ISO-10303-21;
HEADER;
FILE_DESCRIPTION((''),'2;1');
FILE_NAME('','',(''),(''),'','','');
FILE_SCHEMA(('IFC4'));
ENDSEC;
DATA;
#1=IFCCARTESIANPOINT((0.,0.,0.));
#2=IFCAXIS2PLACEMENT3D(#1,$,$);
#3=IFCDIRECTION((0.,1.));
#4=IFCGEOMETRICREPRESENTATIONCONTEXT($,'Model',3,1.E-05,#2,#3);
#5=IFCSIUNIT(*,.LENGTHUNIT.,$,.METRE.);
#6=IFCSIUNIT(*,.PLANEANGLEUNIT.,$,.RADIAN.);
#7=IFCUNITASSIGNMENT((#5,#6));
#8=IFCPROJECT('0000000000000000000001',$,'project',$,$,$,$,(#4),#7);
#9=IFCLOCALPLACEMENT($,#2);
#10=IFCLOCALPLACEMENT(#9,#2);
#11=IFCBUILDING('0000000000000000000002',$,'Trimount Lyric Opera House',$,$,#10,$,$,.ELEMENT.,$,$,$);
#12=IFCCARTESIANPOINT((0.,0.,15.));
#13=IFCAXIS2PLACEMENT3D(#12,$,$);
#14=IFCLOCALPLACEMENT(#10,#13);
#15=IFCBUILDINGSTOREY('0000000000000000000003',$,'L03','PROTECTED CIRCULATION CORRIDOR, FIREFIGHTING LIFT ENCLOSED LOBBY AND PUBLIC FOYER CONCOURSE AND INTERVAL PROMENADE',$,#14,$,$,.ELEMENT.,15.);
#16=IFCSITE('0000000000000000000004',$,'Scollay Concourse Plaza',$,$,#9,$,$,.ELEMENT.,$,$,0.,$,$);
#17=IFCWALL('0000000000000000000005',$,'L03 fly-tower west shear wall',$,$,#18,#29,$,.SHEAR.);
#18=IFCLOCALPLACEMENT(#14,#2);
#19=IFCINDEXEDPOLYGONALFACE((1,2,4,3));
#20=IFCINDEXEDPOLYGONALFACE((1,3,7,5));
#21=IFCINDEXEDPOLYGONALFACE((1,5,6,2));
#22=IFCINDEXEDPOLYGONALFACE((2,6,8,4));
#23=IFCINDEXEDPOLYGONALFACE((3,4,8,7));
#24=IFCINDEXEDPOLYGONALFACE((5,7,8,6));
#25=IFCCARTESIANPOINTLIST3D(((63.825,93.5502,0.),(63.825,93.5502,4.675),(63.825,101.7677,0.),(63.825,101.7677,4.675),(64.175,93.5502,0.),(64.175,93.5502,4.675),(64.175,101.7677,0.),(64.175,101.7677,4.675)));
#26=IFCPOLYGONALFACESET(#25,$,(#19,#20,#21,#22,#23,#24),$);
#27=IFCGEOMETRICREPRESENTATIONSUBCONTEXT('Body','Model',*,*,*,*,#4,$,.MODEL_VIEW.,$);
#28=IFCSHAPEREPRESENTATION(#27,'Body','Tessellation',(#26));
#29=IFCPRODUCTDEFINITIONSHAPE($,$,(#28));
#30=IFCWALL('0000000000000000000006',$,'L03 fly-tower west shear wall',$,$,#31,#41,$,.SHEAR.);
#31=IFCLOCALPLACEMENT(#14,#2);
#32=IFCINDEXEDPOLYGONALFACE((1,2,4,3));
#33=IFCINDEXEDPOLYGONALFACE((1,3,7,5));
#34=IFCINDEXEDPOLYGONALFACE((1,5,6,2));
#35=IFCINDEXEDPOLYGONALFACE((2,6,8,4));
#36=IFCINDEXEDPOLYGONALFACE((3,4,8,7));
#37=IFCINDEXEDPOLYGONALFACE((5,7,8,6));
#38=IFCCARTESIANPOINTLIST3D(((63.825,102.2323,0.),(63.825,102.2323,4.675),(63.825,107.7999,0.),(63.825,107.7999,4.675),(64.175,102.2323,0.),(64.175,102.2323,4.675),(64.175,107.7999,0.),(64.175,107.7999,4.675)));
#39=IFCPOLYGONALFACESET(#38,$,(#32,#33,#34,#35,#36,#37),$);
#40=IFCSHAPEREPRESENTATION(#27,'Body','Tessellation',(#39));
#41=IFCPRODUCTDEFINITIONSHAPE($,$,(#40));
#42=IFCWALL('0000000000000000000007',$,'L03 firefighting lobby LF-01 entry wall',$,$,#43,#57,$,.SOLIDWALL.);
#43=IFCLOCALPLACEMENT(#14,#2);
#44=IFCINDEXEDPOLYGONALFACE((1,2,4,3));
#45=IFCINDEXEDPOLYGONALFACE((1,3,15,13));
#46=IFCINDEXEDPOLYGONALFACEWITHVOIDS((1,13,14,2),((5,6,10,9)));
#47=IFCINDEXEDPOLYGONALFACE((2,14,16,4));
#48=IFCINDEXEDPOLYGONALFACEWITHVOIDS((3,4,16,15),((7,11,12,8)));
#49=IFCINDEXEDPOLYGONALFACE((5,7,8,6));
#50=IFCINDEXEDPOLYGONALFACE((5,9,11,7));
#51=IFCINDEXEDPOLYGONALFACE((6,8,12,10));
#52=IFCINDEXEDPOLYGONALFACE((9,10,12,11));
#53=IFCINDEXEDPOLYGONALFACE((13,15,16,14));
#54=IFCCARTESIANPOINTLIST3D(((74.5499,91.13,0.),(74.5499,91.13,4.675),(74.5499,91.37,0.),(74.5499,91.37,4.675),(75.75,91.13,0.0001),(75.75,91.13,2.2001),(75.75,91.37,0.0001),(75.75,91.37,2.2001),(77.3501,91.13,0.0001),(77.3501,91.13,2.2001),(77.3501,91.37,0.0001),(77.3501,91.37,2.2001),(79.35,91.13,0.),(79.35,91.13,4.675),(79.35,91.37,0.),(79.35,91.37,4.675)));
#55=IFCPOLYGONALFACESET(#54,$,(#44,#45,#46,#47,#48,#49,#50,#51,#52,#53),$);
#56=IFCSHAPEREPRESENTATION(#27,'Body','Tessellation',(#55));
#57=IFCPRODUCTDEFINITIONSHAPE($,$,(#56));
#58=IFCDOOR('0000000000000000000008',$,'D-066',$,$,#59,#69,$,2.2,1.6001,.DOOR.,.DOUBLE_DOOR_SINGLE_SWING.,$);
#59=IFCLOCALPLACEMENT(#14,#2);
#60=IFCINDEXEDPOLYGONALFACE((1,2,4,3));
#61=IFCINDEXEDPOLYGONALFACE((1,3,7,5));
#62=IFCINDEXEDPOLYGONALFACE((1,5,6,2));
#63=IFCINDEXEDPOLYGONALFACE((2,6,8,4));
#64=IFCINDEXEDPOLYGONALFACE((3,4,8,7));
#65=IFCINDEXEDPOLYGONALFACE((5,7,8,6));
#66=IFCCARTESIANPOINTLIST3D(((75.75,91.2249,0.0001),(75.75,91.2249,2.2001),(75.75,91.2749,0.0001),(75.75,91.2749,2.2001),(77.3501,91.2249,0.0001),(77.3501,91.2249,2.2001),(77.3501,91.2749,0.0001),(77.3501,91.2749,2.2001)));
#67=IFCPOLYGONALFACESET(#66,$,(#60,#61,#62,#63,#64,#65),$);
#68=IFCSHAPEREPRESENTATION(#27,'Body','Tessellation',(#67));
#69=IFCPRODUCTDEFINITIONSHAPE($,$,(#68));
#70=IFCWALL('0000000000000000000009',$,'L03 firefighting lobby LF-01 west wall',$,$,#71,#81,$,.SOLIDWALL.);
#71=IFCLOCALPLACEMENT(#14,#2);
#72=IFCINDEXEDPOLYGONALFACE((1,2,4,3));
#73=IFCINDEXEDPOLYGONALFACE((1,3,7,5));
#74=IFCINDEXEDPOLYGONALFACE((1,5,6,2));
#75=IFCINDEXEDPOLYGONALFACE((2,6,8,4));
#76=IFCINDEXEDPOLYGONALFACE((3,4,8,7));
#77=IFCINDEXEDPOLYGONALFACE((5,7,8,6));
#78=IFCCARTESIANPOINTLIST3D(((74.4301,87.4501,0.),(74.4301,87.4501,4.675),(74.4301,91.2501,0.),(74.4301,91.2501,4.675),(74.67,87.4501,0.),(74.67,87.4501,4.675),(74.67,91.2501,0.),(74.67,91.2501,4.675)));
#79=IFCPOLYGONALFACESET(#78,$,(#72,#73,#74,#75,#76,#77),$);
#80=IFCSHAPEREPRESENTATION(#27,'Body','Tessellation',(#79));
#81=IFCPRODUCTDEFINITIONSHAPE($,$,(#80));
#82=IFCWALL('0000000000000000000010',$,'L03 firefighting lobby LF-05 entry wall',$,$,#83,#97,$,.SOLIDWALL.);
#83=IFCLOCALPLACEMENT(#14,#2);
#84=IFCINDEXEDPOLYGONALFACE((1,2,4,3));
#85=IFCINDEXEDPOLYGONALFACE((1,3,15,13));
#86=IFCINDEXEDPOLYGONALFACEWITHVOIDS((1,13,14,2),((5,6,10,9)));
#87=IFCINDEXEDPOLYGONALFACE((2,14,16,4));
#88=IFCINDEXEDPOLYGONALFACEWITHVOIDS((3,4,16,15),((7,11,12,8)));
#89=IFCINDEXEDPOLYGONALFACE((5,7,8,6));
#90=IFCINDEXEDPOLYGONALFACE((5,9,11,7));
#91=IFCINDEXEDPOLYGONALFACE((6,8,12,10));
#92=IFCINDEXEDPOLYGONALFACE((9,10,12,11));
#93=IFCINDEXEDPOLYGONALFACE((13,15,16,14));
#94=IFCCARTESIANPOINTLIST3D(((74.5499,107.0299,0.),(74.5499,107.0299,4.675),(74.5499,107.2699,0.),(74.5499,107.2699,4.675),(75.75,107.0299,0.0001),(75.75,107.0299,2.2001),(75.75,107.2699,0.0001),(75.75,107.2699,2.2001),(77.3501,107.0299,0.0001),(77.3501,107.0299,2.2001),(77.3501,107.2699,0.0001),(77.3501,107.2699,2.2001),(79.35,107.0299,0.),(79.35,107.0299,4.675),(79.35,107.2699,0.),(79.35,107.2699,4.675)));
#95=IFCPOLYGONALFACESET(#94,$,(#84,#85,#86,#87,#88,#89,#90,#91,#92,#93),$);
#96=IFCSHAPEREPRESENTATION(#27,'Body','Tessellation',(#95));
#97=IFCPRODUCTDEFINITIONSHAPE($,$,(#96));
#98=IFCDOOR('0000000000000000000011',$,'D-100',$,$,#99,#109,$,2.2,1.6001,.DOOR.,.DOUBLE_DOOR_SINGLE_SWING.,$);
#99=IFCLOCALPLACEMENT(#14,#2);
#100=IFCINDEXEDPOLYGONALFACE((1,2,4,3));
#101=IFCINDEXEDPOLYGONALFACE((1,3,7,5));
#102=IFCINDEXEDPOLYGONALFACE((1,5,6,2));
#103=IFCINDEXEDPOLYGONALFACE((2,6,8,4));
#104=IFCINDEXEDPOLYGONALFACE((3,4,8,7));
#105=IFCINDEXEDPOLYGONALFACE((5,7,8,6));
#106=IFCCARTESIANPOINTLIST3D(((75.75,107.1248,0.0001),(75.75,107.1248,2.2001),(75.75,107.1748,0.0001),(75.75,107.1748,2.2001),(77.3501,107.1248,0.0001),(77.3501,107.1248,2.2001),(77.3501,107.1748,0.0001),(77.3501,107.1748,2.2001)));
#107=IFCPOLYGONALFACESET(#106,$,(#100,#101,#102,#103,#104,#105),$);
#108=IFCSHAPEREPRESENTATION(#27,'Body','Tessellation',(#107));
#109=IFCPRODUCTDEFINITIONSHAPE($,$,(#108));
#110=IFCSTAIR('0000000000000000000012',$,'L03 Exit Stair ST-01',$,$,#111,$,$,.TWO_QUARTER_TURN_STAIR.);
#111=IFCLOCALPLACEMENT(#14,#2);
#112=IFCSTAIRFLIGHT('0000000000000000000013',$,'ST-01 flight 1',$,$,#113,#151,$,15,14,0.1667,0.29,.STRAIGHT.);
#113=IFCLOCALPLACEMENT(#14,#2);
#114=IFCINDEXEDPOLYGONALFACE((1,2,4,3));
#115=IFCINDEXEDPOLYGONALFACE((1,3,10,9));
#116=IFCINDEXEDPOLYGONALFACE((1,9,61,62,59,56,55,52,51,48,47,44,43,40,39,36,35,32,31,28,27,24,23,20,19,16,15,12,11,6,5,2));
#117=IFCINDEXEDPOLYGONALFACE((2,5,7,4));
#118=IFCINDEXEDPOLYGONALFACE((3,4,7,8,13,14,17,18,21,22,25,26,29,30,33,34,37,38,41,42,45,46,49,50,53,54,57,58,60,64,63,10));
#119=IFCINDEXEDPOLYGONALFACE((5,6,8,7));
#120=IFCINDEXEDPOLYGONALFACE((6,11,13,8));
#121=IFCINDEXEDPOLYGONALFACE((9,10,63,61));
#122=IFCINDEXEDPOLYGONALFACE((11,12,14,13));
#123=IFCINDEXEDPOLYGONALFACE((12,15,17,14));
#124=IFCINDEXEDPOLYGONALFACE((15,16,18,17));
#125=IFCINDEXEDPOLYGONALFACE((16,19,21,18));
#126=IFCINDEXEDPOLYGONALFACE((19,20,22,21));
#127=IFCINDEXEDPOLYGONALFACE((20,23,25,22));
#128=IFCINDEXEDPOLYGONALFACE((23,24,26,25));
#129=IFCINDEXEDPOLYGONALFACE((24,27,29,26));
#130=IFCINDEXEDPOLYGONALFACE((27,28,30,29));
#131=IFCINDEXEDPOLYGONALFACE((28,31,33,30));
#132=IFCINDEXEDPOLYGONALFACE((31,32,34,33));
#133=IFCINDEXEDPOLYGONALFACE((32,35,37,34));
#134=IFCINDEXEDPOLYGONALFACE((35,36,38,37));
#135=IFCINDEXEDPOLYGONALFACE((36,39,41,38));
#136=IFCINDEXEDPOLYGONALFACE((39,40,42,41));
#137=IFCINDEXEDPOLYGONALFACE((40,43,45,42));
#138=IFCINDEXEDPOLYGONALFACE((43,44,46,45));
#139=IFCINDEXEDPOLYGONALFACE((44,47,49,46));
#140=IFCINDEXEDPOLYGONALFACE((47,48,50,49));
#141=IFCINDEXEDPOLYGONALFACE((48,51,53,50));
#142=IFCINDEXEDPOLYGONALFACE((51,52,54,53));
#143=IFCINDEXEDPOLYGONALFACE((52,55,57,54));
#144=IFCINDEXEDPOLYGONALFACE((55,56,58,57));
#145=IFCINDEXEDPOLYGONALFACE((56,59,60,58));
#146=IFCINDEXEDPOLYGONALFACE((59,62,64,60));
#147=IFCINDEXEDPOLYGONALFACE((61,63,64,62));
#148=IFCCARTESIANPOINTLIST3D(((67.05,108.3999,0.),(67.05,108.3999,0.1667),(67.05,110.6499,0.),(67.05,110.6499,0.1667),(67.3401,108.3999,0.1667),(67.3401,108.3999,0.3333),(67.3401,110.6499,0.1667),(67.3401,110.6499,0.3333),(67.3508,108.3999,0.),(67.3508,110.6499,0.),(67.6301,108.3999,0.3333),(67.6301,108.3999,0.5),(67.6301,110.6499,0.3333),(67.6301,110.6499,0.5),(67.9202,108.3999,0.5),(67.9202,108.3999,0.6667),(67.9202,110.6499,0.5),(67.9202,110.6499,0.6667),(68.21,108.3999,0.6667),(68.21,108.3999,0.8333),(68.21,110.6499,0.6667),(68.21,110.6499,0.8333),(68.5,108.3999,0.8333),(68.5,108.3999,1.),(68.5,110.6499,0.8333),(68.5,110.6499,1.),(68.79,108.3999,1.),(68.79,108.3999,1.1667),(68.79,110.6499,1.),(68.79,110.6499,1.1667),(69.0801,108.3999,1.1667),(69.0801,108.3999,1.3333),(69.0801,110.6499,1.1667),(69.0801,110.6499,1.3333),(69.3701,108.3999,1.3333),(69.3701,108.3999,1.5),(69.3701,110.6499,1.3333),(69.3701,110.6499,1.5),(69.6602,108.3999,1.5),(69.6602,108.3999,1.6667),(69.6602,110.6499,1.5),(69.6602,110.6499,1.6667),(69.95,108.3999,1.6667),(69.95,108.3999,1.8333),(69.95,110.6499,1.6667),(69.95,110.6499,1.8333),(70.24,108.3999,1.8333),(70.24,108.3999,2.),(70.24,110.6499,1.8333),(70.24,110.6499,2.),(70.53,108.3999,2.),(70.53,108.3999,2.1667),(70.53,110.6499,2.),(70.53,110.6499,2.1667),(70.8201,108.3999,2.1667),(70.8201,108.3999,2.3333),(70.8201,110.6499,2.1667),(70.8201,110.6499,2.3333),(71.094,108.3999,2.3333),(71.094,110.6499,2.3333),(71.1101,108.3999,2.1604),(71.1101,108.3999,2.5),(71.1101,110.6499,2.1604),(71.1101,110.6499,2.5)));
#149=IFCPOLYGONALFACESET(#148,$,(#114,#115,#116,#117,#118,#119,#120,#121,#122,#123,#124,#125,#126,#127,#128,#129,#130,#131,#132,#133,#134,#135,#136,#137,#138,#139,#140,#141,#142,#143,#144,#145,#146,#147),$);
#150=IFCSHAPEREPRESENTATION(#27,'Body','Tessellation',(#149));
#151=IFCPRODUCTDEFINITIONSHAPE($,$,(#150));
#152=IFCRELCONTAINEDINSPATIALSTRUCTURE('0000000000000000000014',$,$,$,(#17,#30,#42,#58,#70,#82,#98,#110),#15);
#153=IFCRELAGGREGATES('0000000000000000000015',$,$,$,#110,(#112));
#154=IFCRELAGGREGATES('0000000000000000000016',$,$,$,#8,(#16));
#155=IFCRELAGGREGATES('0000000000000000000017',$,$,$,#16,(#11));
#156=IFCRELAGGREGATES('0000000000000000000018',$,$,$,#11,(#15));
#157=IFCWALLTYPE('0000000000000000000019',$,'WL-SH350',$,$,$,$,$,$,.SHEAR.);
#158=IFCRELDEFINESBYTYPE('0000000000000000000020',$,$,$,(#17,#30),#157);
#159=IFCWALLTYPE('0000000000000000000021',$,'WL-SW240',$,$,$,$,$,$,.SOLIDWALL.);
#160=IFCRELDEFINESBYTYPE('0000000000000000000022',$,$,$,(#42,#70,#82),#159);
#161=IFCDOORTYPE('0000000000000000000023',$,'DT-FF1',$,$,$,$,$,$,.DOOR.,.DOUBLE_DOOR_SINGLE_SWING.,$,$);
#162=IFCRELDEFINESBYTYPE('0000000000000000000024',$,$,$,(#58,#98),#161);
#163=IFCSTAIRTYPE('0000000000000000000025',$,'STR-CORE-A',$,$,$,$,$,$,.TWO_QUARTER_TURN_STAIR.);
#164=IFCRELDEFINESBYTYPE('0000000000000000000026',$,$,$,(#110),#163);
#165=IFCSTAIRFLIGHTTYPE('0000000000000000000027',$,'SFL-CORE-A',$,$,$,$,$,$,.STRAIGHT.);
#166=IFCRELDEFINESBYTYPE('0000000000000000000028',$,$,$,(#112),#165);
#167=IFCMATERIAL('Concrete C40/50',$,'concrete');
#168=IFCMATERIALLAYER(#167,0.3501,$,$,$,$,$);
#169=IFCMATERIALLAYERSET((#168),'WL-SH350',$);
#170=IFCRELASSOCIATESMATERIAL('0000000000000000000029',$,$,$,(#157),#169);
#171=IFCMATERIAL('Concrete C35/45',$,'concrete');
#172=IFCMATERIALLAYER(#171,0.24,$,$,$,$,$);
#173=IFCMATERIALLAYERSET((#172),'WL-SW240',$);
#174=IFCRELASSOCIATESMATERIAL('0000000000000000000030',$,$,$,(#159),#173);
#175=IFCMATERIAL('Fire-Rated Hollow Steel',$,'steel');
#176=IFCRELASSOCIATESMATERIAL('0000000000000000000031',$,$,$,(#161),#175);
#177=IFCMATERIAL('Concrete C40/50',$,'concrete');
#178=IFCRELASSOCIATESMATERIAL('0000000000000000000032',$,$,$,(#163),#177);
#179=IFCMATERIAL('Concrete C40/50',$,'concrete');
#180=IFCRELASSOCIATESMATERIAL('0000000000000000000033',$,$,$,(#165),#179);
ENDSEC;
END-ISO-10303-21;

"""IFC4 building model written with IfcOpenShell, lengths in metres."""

from ifc_helpers import new_model, si_unit, direction, frame, frame_2d, origin, place, context, subcontext, project, spatial, polyline, rectangle, outline, extrude, material, layer, layer_set, type_object, element, fill, aggregate, save


model = new_model("IFC4")

# Units and contexts
model_context = context("Model", 3, precision=1e-05, world=origin(), true_north=direction((0.0, 1.0)))
body_context = subcontext(model_context, "Body", "Model", "MODEL_VIEW")
ifc_project = project(units=[si_unit("LENGTHUNIT", "METRE"), si_unit("PLANEANGLEUNIT", "RADIAN")], contexts=[model_context])

# Site, building, storey
site_placement = place(None, origin())
site = spatial("IfcSite", under=ifc_project, at=site_placement, Name="Scollay Concourse Plaza", CompositionType="ELEMENT", RefElevation=0.0)
building_placement = place(site_placement, origin())
building = spatial("IfcBuilding", under=site, at=building_placement, Name="Trimount Lyric Opera House", CompositionType="ELEMENT")
storey_placement = place(building_placement, frame((0.0, 0.0, 15.0)))
storey = spatial("IfcBuildingStorey", under=building, at=storey_placement, Name="L03", Description="PROTECTED CIRCULATION CORRIDOR, FIREFIGHTING LIFT ENCLOSED LOBBY AND PUBLIC FOYER CONCOURSE AND INTERVAL PROMENADE", CompositionType="ELEMENT", Elevation=15.0)

# Shared definitions
ifc_material_1 = material(Name="Concrete C40/50", Category="concrete")
ifc_layer_1 = layer(ifc_material_1, 0.3501)
ifc_layer_set_1 = layer_set([ifc_layer_1], Name="WL-SH350")
wall_type_1 = type_object("IfcWallType", Name="WL-SH350", PredefinedType="SHEAR", material=ifc_layer_set_1)

# Walls
wall_1_placement = place(storey_placement, frame((64.0, 93.55, 0.0), z_axis=(0.0, 0.0, 1.0), x_axis=(0.0, 1.0, 0.0)))
element("IfcWall", 1, at=wall_1_placement, inside=storey, type_object=wall_type_1, Name="L03 fly-tower west shear wall", PredefinedType="SHEAR", context=body_context, shape_type="SweptSolid", body=[
    extrude(rectangle(XDim=8.2175, YDim=0.3501, at=frame_2d((4.1089, 0.0))), origin(), (0.0, 0.0, 1.0), 4.675),
])
wall_2_placement = place(storey_placement, frame((64.0, 102.2324, 0.0), z_axis=(0.0, 0.0, 1.0), x_axis=(0.0, 1.0, 0.0)))
element("IfcWall", 2, at=wall_2_placement, inside=storey, type_object=wall_type_1, Name="L03 fly-tower west shear wall", PredefinedType="SHEAR", context=body_context, shape_type="SweptSolid", body=[
    extrude(rectangle(XDim=5.5676, YDim=0.3501, at=frame_2d((2.7837, 0.0))), origin(), (0.0, 0.0, 1.0), 4.675),
])

# Wall, opening, door
ifc_material_2 = material(Name="Concrete C35/45", Category="concrete")
ifc_layer_2 = layer(ifc_material_2, 0.24)
ifc_layer_set_2 = layer_set([ifc_layer_2], Name="WL-SW240")
wall_type_2 = type_object("IfcWallType", Name="WL-SW240", PredefinedType="SOLIDWALL", material=ifc_layer_set_2)
wall_3_placement = place(storey_placement, frame((74.55, 91.25, 0.0), z_axis=(0.0, 0.0, 1.0), x_axis=(1.0, 0.0, 0.0)))
wall_3 = element("IfcWall", 3, at=wall_3_placement, inside=storey, type_object=wall_type_2, Name="L03 firefighting lobby LF-01 entry wall", PredefinedType="SOLIDWALL", context=body_context, shape_type="SweptSolid", body=[
    extrude(rectangle(XDim=4.8, YDim=0.24, at=frame_2d((2.3999, 0.0))), origin(), (0.0, 0.0, 1.0), 4.675),
])
opening_1_placement = place(wall_3_placement, frame((1.2, 0.0, 0.0)))
opening_1 = element("IfcOpeningElement", 4, at=opening_1_placement, cuts=wall_3, PredefinedType="OPENING", context=body_context, shape_type="SweptSolid", body=[
    extrude(rectangle(XDim=1.6001, YDim=2.2, at=frame_2d((0.8, 1.1001))), frame((0.0, 0.1299, 0.0), z_axis=(0.0, -1.0, 0.0), x_axis=(1.0, 0.0, 0.0)), (0.0, 0.0, 1.0), 0.26),
])
ifc_material_3 = material(Name="Fire-Rated Hollow Steel", Category="steel")
door_type_1 = type_object("IfcDoorType", Name="DT-FF1", OperationType="DOUBLE_DOOR_SINGLE_SWING", PredefinedType="DOOR", material=ifc_material_3)
door_1_placement = place(opening_1_placement, origin())
door_1 = element("IfcDoor", 5, at=door_1_placement, inside=storey, type_object=door_type_1, Name="D-066", OperationType="DOUBLE_DOOR_SINGLE_SWING", OverallHeight=2.2, OverallWidth=1.6001, PredefinedType="DOOR", context=body_context, shape_type="SweptSolid", body=[
    extrude(rectangle(XDim=1.6001, YDim=2.2, at=frame_2d((0.8, 1.1001))), frame((0.0, 0.0249, 0.0), z_axis=(0.0, -1.0, 0.0), x_axis=(1.0, 0.0, 0.0)), (0.0, 0.0, 1.0), 0.05),
])
fill(opening_1, door_1)

# Wall
wall_4_placement = place(storey_placement, frame((74.55, 91.25, 0.0), z_axis=(0.0, 0.0, 1.0), x_axis=(0.0, -1.0, 0.0)))
element("IfcWall", 6, at=wall_4_placement, inside=storey, type_object=wall_type_2, Name="L03 firefighting lobby LF-01 west wall", PredefinedType="SOLIDWALL", context=body_context, shape_type="SweptSolid", body=[
    extrude(rectangle(XDim=3.8, YDim=0.24, at=frame_2d((1.8999, 0.0))), origin(), (0.0, 0.0, 1.0), 4.675),
])

# Wall, opening, door
wall_5_placement = place(storey_placement, frame((74.55, 107.1499, 0.0), z_axis=(0.0, 0.0, 1.0), x_axis=(1.0, 0.0, 0.0)))
wall_5 = element("IfcWall", 7, at=wall_5_placement, inside=storey, type_object=wall_type_2, Name="L03 firefighting lobby LF-05 entry wall", PredefinedType="SOLIDWALL", context=body_context, shape_type="SweptSolid", body=[
    extrude(rectangle(XDim=4.8, YDim=0.24, at=frame_2d((2.3999, 0.0))), origin(), (0.0, 0.0, 1.0), 4.675),
])
opening_2_placement = place(wall_5_placement, frame((1.2, 0.0, 0.0)))
opening_2 = element("IfcOpeningElement", 8, at=opening_2_placement, cuts=wall_5, PredefinedType="OPENING", context=body_context, shape_type="SweptSolid", body=[
    extrude(rectangle(XDim=1.6001, YDim=2.2, at=frame_2d((0.8, 1.1001))), frame((0.0, 0.1299, 0.0), z_axis=(0.0, -1.0, 0.0), x_axis=(1.0, 0.0, 0.0)), (0.0, 0.0, 1.0), 0.26),
])
door_2_placement = place(opening_2_placement, origin())
door_2 = element("IfcDoor", 9, at=door_2_placement, inside=storey, type_object=door_type_1, Name="D-100", OperationType="DOUBLE_DOOR_SINGLE_SWING", OverallHeight=2.2, OverallWidth=1.6001, PredefinedType="DOOR", context=body_context, shape_type="SweptSolid", body=[
    extrude(rectangle(XDim=1.6001, YDim=2.2, at=frame_2d((0.8, 1.1001))), frame((0.0, 0.0249, 0.0), z_axis=(0.0, -1.0, 0.0), x_axis=(1.0, 0.0, 0.0)), (0.0, 0.0, 1.0), 0.05),
])
fill(opening_2, door_2)

# Stair, stair flight
ifc_material_4 = material(Name="Concrete C40/50", Category="concrete")
stair_type = type_object("IfcStairType", Name="STR-CORE-A", PredefinedType="TWO_QUARTER_TURN_STAIR", material=ifc_material_4)
stair_placement = place(storey_placement, origin())
stair = element("IfcStair", 10, at=stair_placement, inside=storey, type_object=stair_type, Name="L03 Exit Stair ST-01", PredefinedType="TWO_QUARTER_TURN_STAIR")
ifc_material_5 = material(Name="Concrete C40/50", Category="concrete")
stair_flight_type = type_object("IfcStairFlightType", Name="SFL-CORE-A", PredefinedType="STRAIGHT", material=ifc_material_5)
stair_flight_placement = place(storey_placement, frame((67.05, 109.5249, 0.0), z_axis=(0.0, 0.0, 1.0), x_axis=(1.0, 0.0, 0.0)))
stair_flight = element("IfcStairFlight", 11, at=stair_flight_placement, type_object=stair_flight_type, Name="ST-01 flight 1", NumberOfRisers=15, NumberOfTreads=14, PredefinedType="STRAIGHT", RiserHeight=0.1667, TreadLength=0.29, context=body_context, shape_type="SweptSolid", body=[
    extrude(outline(polyline([(0.0, 0.0), (0.0, 0.1667), (0.29, 0.1667), (0.29, 0.3333), (0.5801, 0.3333), (0.5801, 0.5), (0.8701, 0.5), (0.8701, 0.6667), (1.1599, 0.6667), (1.1599, 0.8333), (1.45, 0.8333), (1.45, 1.0), (1.74, 1.0), (1.74, 1.1667), (2.03, 1.1667), (2.03, 1.3333), (2.3201, 1.3333), (2.3201, 1.5), (2.6101, 1.5), (2.6101, 1.6667), (2.8999, 1.6667), (2.8999, 1.8333), (3.1899, 1.8333), (3.1899, 2.0), (3.48, 2.0), (3.48, 2.1667), (3.77, 2.1667), (3.77, 2.3333), (4.0439, 2.3333), (4.0601, 2.5), (4.0601, 2.1604), (0.3008, 0.0), (0.0, 0.0)])), frame((0.0, 1.125, 0.0), z_axis=(0.0, -1.0, 0.0), x_axis=(1.0, 0.0, 0.0)), (0.0, 0.0, 1.0), 2.25),
])
aggregate(stair, [stair_flight])

save(model, "model.ifc")
